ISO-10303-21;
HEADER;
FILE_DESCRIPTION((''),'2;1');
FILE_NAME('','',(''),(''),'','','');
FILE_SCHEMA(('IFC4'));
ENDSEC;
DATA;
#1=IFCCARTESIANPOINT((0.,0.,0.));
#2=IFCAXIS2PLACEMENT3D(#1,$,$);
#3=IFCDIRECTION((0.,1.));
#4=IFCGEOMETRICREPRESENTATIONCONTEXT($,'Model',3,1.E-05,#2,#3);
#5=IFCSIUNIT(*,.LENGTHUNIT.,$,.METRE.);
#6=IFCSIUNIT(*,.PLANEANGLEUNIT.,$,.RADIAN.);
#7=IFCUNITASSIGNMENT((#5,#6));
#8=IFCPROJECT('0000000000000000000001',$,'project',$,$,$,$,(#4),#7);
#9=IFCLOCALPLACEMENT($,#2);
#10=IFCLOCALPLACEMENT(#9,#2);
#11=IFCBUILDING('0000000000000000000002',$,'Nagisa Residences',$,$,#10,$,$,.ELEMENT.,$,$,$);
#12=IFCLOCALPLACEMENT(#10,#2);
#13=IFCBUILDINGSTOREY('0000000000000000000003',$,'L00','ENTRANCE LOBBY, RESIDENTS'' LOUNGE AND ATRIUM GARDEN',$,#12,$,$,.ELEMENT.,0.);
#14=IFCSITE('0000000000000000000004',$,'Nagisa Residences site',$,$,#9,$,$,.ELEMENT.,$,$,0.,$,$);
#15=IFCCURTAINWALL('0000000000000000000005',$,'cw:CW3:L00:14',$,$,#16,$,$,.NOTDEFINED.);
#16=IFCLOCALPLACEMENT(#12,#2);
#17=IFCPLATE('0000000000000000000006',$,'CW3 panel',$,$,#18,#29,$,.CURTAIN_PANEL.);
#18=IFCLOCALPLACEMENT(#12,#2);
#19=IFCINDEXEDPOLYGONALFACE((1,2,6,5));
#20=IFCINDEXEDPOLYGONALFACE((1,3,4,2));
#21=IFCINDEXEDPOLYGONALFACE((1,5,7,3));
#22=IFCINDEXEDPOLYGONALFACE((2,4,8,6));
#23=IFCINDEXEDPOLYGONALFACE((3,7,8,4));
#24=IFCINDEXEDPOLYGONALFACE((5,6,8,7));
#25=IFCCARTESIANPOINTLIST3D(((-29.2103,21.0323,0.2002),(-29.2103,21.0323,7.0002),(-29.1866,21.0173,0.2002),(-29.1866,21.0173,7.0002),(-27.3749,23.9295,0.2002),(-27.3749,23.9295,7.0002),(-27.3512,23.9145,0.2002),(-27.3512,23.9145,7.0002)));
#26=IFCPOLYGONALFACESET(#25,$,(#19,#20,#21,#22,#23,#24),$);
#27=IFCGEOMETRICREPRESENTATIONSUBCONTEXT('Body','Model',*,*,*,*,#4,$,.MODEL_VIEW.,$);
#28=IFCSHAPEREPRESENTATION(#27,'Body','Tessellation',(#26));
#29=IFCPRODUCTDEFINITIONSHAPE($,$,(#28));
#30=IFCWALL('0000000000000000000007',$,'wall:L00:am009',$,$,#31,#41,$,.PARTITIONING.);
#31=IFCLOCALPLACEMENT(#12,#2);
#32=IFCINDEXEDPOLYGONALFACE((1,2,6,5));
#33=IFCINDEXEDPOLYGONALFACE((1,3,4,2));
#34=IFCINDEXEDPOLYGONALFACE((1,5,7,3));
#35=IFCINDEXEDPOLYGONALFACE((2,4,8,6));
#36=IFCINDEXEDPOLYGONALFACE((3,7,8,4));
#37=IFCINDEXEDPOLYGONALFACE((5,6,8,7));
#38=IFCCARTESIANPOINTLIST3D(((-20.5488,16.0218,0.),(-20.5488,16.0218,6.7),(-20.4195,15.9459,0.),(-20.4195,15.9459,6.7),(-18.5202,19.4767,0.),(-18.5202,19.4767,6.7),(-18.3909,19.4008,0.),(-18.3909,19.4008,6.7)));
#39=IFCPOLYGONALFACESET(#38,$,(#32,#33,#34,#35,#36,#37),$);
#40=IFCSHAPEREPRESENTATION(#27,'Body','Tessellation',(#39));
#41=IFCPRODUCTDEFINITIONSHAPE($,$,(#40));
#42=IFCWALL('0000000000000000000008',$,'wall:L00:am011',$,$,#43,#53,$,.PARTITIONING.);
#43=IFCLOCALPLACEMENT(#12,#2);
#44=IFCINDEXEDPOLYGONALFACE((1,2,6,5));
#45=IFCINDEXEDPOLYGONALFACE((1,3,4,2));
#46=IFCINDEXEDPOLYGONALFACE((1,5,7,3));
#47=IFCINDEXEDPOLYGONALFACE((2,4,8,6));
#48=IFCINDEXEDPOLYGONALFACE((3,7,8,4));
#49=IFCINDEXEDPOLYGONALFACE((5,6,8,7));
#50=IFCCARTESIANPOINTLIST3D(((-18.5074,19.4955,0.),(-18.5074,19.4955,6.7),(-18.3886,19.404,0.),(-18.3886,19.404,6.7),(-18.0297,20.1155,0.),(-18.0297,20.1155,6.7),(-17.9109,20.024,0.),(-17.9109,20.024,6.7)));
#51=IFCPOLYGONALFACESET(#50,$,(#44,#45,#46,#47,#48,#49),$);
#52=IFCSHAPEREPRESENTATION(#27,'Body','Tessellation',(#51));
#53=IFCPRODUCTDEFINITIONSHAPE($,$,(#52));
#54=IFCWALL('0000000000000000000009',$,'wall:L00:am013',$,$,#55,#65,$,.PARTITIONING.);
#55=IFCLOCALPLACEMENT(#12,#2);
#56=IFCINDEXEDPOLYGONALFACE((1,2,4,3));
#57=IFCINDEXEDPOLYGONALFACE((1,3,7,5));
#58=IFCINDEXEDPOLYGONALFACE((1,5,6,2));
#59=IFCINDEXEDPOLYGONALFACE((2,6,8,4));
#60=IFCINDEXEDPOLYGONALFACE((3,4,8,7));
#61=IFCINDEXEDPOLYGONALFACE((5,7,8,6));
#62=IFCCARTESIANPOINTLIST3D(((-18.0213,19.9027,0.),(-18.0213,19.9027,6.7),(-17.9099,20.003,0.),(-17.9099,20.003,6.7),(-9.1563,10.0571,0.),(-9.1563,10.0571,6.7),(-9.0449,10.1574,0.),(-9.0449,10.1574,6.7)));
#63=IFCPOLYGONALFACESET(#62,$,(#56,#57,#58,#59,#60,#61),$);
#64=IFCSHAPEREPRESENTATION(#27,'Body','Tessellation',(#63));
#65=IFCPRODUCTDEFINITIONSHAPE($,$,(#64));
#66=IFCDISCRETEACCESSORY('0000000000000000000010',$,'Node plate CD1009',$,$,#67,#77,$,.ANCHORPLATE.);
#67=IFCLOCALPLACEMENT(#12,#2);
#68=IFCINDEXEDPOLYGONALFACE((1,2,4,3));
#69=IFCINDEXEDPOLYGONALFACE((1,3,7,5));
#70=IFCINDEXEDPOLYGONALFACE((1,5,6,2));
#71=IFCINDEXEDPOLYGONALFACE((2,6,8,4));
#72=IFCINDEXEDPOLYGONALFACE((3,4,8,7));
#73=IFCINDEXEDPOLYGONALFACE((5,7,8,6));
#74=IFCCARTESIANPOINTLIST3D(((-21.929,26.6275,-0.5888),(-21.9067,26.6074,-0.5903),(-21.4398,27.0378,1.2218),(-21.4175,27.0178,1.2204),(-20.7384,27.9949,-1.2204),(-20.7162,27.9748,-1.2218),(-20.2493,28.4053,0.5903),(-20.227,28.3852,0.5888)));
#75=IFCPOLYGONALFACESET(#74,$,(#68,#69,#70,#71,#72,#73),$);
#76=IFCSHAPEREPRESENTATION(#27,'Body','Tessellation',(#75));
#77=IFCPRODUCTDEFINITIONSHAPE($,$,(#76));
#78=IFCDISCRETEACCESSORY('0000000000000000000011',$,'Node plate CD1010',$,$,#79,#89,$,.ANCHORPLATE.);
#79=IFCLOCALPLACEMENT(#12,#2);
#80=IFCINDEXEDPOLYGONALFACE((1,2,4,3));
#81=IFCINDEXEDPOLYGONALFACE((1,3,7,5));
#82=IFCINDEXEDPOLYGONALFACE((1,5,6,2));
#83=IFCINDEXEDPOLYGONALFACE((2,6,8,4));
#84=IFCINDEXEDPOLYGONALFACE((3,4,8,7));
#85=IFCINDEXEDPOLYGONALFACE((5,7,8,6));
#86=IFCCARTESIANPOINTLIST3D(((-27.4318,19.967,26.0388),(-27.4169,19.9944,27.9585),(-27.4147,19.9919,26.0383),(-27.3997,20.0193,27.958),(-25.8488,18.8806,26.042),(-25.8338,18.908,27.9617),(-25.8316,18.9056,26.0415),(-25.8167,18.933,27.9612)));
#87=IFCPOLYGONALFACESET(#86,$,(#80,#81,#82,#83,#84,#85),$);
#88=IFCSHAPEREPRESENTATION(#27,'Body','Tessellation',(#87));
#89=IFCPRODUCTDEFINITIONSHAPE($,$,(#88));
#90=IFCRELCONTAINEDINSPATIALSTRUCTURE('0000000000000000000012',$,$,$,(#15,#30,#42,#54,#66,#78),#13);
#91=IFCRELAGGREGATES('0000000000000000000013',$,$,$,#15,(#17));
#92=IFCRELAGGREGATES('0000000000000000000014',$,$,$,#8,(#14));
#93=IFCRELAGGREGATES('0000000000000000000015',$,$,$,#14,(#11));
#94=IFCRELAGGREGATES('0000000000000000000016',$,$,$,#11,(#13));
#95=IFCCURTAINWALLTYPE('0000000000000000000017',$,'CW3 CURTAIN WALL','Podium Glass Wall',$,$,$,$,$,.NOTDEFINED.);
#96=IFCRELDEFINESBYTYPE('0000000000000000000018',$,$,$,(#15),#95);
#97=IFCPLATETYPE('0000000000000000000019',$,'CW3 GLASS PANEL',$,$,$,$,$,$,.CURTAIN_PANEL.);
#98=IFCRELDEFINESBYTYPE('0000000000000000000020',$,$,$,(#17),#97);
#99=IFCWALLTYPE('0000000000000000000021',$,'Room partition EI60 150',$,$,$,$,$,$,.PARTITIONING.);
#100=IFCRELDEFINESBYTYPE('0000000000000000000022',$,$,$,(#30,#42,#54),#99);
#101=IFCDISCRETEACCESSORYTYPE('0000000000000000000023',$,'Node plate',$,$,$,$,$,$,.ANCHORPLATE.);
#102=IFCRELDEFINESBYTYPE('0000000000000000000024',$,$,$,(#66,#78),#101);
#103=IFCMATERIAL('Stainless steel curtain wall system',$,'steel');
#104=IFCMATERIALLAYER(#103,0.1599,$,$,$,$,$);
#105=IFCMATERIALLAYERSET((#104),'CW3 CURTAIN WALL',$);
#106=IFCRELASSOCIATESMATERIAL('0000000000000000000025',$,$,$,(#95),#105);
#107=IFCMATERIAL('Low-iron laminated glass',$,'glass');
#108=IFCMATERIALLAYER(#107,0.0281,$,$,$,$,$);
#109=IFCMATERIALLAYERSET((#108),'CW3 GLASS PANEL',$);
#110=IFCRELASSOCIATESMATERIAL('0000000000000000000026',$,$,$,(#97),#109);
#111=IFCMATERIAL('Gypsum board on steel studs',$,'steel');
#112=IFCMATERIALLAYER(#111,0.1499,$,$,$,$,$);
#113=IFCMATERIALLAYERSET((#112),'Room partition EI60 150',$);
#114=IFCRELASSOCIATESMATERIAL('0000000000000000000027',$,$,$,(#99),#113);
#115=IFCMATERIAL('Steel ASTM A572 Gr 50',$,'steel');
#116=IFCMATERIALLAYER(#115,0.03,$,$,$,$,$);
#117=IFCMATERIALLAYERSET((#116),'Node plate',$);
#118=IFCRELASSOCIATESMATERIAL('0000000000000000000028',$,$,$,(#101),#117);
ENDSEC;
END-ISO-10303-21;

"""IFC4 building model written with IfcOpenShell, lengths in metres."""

from ifc_helpers import new_model, si_unit, direction, frame, frame_2d, origin, origin_2d, place, context, subcontext, project, spatial, rectangle, extrude, material, layer, layer_set, type_object, element, aggregate, save


model = new_model("IFC4")

# Units and contexts
model_context = context("Model", 3, precision=1e-05, world=origin(), true_north=direction((0.0, 1.0)))
body_context = subcontext(model_context, "Body", "Model", "MODEL_VIEW")
ifc_project = project(units=[si_unit("LENGTHUNIT", "METRE"), si_unit("PLANEANGLEUNIT", "RADIAN")], contexts=[model_context])

# Site, building, storey
site_placement = place(None, origin())
site = spatial("IfcSite", under=ifc_project, at=site_placement, Name="Nagisa Residences site", CompositionType="ELEMENT", RefElevation=0.0)
building_placement = place(site_placement, origin())
building = spatial("IfcBuilding", under=site, at=building_placement, Name="Nagisa Residences", CompositionType="ELEMENT")
storey_placement = place(building_placement, origin())
storey = spatial("IfcBuildingStorey", under=building, at=storey_placement, Name="L00", Description="ENTRANCE LOBBY, RESIDENTS' LOUNGE AND ATRIUM GARDEN", CompositionType="ELEMENT", Elevation=0.0)

# Shared definitions
ifc_material_1 = material(Name="Stainless steel curtain wall system", Category="steel")
ifc_layer_1 = layer(ifc_material_1, 0.1599)
ifc_layer_set_1 = layer_set([ifc_layer_1], Name="CW3 CURTAIN WALL")
curtain_wall_type = type_object("IfcCurtainWallType", Name="CW3 CURTAIN WALL", Description="Podium Glass Wall", PredefinedType="NOTDEFINED", material=ifc_layer_set_1)

# Curtain wall
curtain_wall_1_placement = place(storey_placement, origin())
curtain_wall_1 = element("IfcCurtainWall", 1, at=curtain_wall_1_placement, inside=storey, type_object=curtain_wall_type, Name="cw:CW3:L00:14", PredefinedType="NOTDEFINED")

# Plate
ifc_material_2 = material(Name="Low-iron laminated glass", Category="glass")
ifc_layer_2 = layer(ifc_material_2, 0.0281)
ifc_layer_set_2 = layer_set([ifc_layer_2], Name="CW3 GLASS PANEL")
plate_type = type_object("IfcPlateType", Name="CW3 GLASS PANEL", PredefinedType="CURTAIN_PANEL", material=ifc_layer_set_2)
plate_1_placement = place(storey_placement, frame((-28.2808, 22.4734, 0.2002), z_axis=(0.0, 0.0, 1.0), x_axis=(-0.535165, -0.844747, 0.0)))
plate_1 = element("IfcPlate", 2, at=plate_1_placement, type_object=plate_type, Name="CW3 panel", PredefinedType="CURTAIN_PANEL", context=body_context, shape_type="SweptSolid", body=[
    extrude(rectangle(XDim=3.4297, YDim=0.0281, at=origin_2d()), origin(), (0.0, 0.0, 1.0), 6.8),
])
aggregate(curtain_wall_1, [plate_1])

# Walls
ifc_material_3 = material(Name="Gypsum board on steel studs", Category="steel")
ifc_layer_3 = layer(ifc_material_3, 0.1499)
ifc_layer_set_3 = layer_set([ifc_layer_3], Name="Room partition EI60 150")
wall_type_1 = type_object("IfcWallType", Name="Room partition EI60 150", PredefinedType="PARTITIONING", material=ifc_layer_set_3)
wall_1_placement = place(storey_placement, frame((-20.4841, 15.9839, 0.0), z_axis=(0.0, 0.0, 1.0), x_axis=(0.506336, 0.862337, 0.0)))
element("IfcWall", 3, at=wall_1_placement, inside=storey, type_object=wall_type_1, Name="wall:L00:am009", PredefinedType="PARTITIONING", context=body_context, shape_type="SweptSolid", body=[
    extrude(rectangle(XDim=4.0063, YDim=0.1499, at=frame_2d((2.0032, 0.0))), origin(), (0.0, 0.0, 1.0), 6.7),
])
wall_2_placement = place(storey_placement, frame((-18.448, 19.4497, 0.0), z_axis=(0.0, 0.0, 1.0), x_axis=(0.610329, 0.792148, 0.0)))
element("IfcWall", 4, at=wall_2_placement, inside=storey, type_object=wall_type_1, Name="wall:L00:am011", PredefinedType="PARTITIONING", context=body_context, shape_type="SweptSolid", body=[
    extrude(rectangle(XDim=0.7827, YDim=0.1499, at=frame_2d((0.3914, 0.0))), origin(), (0.0, 0.0, 1.0), 6.7),
])
wall_3_placement = place(storey_placement, frame((-17.9656, 19.9529, 0.0), z_axis=(0.0, 0.0, 1.0), x_axis=(0.669126, -0.743149, 0.0)))
element("IfcWall", 5, at=wall_3_placement, inside=storey, type_object=wall_type_1, Name="wall:L00:am013", PredefinedType="PARTITIONING", context=body_context, shape_type="SweptSolid", body=[
    extrude(rectangle(XDim=13.2485, YDim=0.1499, at=frame_2d((6.6243, 0.0))), origin(), (0.0, 0.0, 1.0), 6.7),
])

# Discrete accessories
ifc_material_4 = material(Name="Steel ASTM A572 Gr 50", Category="steel")
ifc_layer_4 = layer(ifc_material_4, 0.03)
ifc_layer_set_4 = layer_set([ifc_layer_4], Name="Node plate")
discrete_accessory_type = type_object("IfcDiscreteAccessoryType", Name="Node plate", PredefinedType="ANCHORPLATE", material=ifc_layer_set_4)
discrete_accessory_1_placement = place(storey_placement, frame((-21.0891, 27.5164, 0.0007), z_axis=(0.741999, -0.668614, -0.048923), x_axis=(0.254795, 0.213755, 0.943074)))
element("IfcDiscreteAccessory", 6, at=discrete_accessory_1_placement, inside=storey, type_object=discrete_accessory_type, Name="Node plate CD1009", PredefinedType="ANCHORPLATE", context=body_context, shape_type="SweptSolid", body=[
    extrude(rectangle(XDim=1.9199, YDim=1.9199, at=origin_2d()), origin(), (0.0, 0.0, 1.0), 0.03),
])
discrete_accessory_2_placement = place(storey_placement, frame((-26.6328, 19.4375, 27.0002), z_axis=(0.565769, 0.824406, -0.016165), x_axis=(-0.007763, -0.014278, -0.999868)))
element("IfcDiscreteAccessory", 7, at=discrete_accessory_2_placement, inside=storey, type_object=discrete_accessory_type, Name="Node plate CD1010", PredefinedType="ANCHORPLATE", context=body_context, shape_type="SweptSolid", body=[
    extrude(rectangle(XDim=1.9199, YDim=1.9199, at=origin_2d()), origin(), (0.0, 0.0, 1.0), 0.0303),
])

save(model, "model.ifc")
